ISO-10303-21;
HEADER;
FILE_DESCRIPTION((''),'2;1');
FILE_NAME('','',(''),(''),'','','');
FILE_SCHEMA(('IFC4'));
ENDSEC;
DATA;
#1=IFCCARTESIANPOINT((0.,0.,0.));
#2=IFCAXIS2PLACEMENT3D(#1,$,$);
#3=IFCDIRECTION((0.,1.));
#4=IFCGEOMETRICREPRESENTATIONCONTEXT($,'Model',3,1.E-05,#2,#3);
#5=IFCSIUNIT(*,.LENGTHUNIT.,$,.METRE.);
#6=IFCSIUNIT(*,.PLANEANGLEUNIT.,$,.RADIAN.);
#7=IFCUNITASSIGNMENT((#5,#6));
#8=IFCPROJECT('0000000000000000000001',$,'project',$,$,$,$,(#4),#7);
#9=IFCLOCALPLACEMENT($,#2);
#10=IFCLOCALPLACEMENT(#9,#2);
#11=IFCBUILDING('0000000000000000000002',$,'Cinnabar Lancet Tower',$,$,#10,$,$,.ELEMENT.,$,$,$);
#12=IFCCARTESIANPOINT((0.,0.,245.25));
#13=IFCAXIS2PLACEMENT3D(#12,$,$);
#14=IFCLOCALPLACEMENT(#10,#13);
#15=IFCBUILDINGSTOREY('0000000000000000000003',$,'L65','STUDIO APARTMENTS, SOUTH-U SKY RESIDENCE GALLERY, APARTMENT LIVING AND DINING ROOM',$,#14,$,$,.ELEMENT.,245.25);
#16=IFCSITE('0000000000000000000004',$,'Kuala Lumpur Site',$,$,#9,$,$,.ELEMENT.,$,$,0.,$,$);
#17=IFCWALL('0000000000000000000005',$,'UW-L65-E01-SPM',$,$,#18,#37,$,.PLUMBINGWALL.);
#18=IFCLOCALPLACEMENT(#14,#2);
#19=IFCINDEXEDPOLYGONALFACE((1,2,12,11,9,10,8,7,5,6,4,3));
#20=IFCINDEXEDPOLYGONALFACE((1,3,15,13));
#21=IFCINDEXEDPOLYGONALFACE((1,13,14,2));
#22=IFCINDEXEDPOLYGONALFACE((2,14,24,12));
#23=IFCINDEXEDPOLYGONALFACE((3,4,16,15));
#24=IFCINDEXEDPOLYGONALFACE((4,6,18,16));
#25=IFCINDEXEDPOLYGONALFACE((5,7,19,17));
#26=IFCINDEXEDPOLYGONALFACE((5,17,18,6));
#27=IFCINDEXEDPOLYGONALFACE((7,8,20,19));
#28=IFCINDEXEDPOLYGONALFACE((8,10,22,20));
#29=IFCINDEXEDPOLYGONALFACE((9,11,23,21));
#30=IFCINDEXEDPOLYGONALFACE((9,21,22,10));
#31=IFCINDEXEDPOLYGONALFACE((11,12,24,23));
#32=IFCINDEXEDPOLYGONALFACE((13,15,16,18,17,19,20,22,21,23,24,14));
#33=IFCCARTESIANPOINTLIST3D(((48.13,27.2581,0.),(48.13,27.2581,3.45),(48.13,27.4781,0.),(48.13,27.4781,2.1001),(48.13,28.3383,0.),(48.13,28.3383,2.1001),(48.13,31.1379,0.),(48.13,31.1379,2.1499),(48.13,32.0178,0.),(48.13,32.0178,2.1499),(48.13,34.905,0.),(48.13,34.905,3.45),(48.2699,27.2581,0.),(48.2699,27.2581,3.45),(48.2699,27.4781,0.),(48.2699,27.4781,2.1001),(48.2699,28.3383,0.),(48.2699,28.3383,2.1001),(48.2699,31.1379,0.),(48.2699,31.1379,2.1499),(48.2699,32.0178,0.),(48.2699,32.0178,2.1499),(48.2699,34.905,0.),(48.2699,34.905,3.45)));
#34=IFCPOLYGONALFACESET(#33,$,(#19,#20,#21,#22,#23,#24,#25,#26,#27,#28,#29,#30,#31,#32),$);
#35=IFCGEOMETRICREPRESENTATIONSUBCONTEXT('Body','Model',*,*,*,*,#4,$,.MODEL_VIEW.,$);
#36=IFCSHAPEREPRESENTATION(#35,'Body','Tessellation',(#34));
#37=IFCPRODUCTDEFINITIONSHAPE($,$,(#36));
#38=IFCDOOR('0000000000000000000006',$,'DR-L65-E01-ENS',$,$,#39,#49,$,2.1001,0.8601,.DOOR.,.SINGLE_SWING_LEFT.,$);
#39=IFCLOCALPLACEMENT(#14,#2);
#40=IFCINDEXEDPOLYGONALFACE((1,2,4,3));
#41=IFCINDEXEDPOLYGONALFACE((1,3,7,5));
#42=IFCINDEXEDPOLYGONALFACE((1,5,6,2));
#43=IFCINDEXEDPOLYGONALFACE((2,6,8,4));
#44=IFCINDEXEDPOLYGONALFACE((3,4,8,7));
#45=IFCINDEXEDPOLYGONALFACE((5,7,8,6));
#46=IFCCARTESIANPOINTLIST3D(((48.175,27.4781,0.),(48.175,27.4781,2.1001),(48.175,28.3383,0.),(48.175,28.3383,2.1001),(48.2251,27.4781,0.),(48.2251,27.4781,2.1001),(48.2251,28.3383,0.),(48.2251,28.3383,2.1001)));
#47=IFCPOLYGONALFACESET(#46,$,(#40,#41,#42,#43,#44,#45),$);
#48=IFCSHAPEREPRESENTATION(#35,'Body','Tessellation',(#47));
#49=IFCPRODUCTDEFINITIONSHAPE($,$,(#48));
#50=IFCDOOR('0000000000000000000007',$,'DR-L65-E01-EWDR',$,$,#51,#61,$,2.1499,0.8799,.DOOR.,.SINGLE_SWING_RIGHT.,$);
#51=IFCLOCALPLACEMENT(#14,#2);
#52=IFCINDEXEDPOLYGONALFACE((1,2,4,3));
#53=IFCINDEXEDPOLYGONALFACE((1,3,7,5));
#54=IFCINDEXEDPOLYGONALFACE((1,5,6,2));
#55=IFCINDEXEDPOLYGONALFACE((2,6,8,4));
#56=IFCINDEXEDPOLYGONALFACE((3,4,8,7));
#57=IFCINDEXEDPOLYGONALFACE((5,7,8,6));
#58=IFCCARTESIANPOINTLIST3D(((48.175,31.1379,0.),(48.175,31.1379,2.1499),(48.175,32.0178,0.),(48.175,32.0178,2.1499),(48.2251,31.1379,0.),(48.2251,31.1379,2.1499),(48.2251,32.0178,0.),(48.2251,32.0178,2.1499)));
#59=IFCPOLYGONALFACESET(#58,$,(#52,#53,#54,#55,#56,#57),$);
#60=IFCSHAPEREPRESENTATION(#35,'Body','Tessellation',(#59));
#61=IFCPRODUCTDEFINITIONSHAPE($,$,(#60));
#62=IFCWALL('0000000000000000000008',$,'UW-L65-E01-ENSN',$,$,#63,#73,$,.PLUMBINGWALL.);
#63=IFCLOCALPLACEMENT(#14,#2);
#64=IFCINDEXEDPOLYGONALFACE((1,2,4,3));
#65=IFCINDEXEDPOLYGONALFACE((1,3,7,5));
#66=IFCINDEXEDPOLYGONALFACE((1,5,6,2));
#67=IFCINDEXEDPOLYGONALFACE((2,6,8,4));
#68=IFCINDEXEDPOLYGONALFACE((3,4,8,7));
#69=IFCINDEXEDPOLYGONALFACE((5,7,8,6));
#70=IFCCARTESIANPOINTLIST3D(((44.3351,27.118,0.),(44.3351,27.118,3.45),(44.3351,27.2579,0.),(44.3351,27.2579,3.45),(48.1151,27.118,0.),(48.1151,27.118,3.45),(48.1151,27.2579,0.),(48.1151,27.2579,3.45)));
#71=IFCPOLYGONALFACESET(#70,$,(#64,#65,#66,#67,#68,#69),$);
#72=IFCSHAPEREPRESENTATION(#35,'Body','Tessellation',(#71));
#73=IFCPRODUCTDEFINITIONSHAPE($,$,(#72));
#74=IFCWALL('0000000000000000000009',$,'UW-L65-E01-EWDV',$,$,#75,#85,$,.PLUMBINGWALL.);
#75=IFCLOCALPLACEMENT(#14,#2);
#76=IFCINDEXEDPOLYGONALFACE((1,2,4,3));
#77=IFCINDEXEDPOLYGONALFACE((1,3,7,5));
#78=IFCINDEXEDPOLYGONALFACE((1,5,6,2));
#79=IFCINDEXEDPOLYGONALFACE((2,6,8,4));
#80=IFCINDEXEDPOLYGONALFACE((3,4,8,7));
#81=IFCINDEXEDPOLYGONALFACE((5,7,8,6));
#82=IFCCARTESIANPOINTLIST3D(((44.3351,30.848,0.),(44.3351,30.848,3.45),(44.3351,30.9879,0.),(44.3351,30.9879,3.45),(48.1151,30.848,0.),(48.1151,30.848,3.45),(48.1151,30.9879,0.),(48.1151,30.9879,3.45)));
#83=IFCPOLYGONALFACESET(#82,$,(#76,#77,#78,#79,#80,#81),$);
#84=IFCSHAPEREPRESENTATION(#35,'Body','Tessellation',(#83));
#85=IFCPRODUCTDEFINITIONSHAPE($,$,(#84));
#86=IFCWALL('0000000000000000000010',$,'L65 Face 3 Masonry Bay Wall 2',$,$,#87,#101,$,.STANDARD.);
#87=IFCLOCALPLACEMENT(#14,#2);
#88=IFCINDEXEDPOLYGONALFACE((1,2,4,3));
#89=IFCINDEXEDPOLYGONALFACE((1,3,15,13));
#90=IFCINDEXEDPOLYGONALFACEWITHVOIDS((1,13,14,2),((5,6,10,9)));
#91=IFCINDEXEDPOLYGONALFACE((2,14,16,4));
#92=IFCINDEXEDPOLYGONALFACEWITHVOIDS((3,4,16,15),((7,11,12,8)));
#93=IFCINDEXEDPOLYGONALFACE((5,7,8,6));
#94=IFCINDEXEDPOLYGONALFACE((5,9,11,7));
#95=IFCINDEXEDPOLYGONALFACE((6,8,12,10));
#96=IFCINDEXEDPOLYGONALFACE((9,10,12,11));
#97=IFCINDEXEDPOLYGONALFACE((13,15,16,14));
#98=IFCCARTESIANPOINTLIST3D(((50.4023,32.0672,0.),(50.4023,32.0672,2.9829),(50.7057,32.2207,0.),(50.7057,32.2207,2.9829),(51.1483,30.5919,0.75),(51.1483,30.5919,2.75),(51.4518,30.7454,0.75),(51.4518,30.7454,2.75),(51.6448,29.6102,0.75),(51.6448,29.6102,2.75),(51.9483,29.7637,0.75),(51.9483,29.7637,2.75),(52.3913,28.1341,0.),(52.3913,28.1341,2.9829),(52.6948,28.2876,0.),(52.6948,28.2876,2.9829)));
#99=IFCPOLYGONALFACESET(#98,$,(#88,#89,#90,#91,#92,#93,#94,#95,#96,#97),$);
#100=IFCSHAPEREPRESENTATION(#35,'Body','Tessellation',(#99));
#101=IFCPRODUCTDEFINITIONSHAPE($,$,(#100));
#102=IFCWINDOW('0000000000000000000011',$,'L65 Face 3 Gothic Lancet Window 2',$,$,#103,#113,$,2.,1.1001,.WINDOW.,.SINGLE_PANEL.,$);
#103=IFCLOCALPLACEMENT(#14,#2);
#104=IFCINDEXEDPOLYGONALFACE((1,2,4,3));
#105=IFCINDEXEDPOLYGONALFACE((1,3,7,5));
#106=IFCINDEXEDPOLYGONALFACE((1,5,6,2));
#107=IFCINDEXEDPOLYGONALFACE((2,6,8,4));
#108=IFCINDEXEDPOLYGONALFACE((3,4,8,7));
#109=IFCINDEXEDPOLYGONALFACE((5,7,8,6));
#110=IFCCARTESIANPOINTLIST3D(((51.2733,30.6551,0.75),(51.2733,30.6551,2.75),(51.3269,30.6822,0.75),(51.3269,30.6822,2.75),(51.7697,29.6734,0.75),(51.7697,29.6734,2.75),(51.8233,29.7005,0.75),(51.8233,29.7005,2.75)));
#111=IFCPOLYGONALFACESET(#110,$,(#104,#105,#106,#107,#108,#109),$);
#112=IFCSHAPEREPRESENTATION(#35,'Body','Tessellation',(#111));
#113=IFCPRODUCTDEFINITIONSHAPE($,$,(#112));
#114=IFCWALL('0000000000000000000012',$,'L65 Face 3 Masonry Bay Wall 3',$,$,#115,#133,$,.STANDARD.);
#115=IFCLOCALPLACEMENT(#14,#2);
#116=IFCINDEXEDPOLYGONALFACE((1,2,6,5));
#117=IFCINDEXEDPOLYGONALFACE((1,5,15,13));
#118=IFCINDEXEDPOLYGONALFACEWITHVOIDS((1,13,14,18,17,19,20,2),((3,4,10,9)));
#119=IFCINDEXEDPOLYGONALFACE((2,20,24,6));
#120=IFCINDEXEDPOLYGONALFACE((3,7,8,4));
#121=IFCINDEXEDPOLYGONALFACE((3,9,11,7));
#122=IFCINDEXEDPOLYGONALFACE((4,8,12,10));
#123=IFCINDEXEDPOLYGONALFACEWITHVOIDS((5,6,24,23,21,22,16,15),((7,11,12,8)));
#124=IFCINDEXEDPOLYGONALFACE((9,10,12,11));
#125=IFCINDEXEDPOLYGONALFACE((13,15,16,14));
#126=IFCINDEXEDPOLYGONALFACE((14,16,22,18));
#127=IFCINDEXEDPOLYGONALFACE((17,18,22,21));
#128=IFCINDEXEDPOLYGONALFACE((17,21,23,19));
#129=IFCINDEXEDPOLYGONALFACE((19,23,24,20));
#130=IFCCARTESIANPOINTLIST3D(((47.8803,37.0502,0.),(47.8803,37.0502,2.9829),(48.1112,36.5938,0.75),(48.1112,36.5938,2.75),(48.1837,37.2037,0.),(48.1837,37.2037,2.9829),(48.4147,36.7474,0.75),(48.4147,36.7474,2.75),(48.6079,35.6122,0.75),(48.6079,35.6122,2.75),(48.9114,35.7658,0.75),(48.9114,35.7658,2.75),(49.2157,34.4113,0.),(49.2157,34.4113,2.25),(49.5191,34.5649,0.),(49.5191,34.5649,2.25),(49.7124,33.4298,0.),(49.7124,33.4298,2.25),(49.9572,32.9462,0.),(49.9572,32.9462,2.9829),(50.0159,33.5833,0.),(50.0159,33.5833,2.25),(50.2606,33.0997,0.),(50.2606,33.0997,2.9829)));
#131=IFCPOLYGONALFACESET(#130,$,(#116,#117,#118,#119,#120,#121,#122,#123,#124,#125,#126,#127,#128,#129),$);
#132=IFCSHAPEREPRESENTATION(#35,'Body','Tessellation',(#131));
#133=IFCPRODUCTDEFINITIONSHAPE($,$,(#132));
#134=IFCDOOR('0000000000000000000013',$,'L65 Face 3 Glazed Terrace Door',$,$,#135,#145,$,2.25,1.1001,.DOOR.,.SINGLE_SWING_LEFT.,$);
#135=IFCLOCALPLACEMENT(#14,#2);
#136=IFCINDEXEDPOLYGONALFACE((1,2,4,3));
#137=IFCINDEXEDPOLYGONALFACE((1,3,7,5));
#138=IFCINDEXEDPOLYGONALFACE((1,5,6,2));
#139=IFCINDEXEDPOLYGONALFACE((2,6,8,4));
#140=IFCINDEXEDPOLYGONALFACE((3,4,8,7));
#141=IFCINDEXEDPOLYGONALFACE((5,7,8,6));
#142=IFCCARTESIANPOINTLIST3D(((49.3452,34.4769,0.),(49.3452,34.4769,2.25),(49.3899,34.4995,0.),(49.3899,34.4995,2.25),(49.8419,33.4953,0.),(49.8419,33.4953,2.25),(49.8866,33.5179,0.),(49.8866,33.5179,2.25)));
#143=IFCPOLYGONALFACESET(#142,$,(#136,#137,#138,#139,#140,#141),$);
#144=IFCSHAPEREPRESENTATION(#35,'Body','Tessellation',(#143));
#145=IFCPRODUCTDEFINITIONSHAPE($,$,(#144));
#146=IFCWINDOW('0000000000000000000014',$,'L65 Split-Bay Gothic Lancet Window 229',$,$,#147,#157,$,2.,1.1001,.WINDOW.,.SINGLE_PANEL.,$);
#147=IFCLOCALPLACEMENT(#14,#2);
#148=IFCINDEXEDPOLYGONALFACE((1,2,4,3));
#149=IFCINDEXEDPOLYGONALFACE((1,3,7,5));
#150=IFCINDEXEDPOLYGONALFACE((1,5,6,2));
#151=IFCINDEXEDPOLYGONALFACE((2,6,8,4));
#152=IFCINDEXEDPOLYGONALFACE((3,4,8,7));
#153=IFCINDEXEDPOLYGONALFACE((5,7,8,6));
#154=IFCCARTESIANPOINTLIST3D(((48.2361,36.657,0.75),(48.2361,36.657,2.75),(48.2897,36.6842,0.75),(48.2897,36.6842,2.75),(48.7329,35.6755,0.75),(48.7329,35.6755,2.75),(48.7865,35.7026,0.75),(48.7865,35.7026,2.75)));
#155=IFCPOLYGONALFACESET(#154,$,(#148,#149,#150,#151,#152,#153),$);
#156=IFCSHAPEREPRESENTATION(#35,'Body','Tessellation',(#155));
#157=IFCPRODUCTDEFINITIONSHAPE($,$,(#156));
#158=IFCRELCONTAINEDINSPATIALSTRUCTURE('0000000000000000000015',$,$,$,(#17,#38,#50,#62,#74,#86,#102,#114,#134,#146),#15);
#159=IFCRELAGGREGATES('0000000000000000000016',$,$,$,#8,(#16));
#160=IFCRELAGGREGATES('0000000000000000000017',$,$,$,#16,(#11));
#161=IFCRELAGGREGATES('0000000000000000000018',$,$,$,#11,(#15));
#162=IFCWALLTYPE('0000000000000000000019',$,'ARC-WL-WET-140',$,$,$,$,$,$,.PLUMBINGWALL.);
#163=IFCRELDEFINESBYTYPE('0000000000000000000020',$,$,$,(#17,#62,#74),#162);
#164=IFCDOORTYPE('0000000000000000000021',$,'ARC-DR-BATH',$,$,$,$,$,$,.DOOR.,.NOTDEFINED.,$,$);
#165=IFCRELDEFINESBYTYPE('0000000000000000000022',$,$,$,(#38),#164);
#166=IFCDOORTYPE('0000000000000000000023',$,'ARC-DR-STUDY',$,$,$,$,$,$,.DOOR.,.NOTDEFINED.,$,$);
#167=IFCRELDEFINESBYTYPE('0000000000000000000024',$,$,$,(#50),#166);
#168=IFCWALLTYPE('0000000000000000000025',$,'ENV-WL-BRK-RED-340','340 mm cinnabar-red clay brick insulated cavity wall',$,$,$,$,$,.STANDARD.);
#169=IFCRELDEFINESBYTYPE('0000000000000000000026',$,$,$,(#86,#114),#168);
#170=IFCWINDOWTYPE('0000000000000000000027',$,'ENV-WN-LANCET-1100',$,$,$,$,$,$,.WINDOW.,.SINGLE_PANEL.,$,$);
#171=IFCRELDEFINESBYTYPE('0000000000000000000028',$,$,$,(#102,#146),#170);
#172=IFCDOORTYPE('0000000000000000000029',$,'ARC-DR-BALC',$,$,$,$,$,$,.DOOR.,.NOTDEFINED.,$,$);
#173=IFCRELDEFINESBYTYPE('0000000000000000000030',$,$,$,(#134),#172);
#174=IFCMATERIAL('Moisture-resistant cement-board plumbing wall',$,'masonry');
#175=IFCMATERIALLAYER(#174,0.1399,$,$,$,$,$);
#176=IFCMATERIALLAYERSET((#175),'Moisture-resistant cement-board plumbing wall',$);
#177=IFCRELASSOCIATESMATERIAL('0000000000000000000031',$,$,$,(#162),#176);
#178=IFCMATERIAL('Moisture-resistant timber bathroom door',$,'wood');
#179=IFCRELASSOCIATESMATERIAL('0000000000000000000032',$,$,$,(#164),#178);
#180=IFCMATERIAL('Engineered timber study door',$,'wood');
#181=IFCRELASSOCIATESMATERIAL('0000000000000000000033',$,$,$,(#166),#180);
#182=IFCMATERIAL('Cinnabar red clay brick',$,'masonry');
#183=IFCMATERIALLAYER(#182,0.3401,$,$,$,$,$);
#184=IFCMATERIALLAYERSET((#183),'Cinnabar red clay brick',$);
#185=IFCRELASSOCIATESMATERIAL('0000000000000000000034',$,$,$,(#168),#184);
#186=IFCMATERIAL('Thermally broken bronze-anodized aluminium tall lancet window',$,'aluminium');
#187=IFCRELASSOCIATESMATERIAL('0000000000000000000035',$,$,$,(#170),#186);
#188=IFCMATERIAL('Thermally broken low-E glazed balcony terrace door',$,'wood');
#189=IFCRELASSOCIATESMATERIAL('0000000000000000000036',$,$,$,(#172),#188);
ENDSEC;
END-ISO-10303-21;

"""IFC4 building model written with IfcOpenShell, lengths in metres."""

from ifc_helpers import new_model, si_unit, direction, frame, frame_2d, origin, place, context, subcontext, project, spatial, rectangle, extrude, material, layer, layer_set, type_object, element, fill, save


model = new_model("IFC4")

# Units and contexts
model_context = context("Model", 3, precision=1e-05, world=origin(), true_north=direction((0.0, 1.0)))
body_context = subcontext(model_context, "Body", "Model", "MODEL_VIEW")
ifc_project = project(units=[si_unit("LENGTHUNIT", "METRE"), si_unit("PLANEANGLEUNIT", "RADIAN")], contexts=[model_context])

# Site, building, storey
site_placement = place(None, origin())
site = spatial("IfcSite", under=ifc_project, at=site_placement, Name="Kuala Lumpur Site", CompositionType="ELEMENT", RefElevation=0.0)
building_placement = place(site_placement, origin())
building = spatial("IfcBuilding", under=site, at=building_placement, Name="Cinnabar Lancet Tower", CompositionType="ELEMENT")
storey_placement = place(building_placement, frame((0.0, 0.0, 245.25)))
storey = spatial("IfcBuildingStorey", under=building, at=storey_placement, Name="L65", Description="STUDIO APARTMENTS, SOUTH-U SKY RESIDENCE GALLERY, APARTMENT LIVING AND DINING ROOM", CompositionType="ELEMENT", Elevation=245.25)

# Wall, openings, doors
ifc_material_1 = material(Name="Moisture-resistant cement-board plumbing wall", Category="masonry")
ifc_layer_1 = layer(ifc_material_1, 0.1399)
ifc_layer_set_1 = layer_set([ifc_layer_1], Name="Moisture-resistant cement-board plumbing wall")
wall_type_1 = type_object("IfcWallType", Name="ARC-WL-WET-140", PredefinedType="PLUMBINGWALL", material=ifc_layer_set_1)
wall_1_placement = place(storey_placement, frame((48.2, 27.2581, 0.0), z_axis=(0.0, 0.0, 1.0), x_axis=(0.0, 1.0, 0.0)))
wall_1 = element("IfcWall", 1, at=wall_1_placement, inside=storey, type_object=wall_type_1, Name="UW-L65-E01-SPM", PredefinedType="PLUMBINGWALL", context=body_context, shape_type="SweptSolid", body=[
    extrude(rectangle(XDim=7.647, YDim=0.1399, at=frame_2d((3.8235, 0.0))), origin(), (0.0, 0.0, 1.0), 3.45),
])
opening_1_placement = place(wall_1_placement, frame((0.22, 0.0, 0.0)))
opening_1 = element("IfcOpeningElement", 2, at=opening_1_placement, cuts=wall_1, PredefinedType="OPENING", context=body_context, shape_type="SweptSolid", body=[
    extrude(rectangle(XDim=0.8601, YDim=2.1001, at=frame_2d((0.4302, 1.05))), frame((0.0, 0.0798, 0.0), z_axis=(0.0, -1.0, 0.0), x_axis=(1.0, 0.0, 0.0)), (0.0, 0.0, 1.0), 0.1599),
])
opening_2_placement = place(wall_1_placement, frame((3.8799, 0.0, 0.0)))
opening_2 = element("IfcOpeningElement", 3, at=opening_2_placement, cuts=wall_1, PredefinedType="OPENING", context=body_context, shape_type="SweptSolid", body=[
    extrude(rectangle(XDim=0.8799, YDim=2.1499, at=frame_2d((0.4399, 1.075))), frame((0.0, 0.0798, 0.0), z_axis=(0.0, -1.0, 0.0), x_axis=(1.0, 0.0, 0.0)), (0.0, 0.0, 1.0), 0.1599),
])
ifc_material_2 = material(Name="Moisture-resistant timber bathroom door", Category="wood")
door_type_1 = type_object("IfcDoorType", Name="ARC-DR-BATH", OperationType="NOTDEFINED", PredefinedType="DOOR", material=ifc_material_2)
door_1_placement = place(opening_1_placement, origin())
door_1 = element("IfcDoor", 4, at=door_1_placement, inside=storey, type_object=door_type_1, Name="DR-L65-E01-ENS", OperationType="SINGLE_SWING_LEFT", OverallHeight=2.1001, OverallWidth=0.8601, PredefinedType="DOOR", context=body_context, shape_type="SweptSolid", body=[
    extrude(rectangle(XDim=0.8601, YDim=2.1001, at=frame_2d((0.4302, 1.05))), frame((0.0, 0.0249, 0.0), z_axis=(0.0, -1.0, 0.0), x_axis=(1.0, 0.0, 0.0)), (0.0, 0.0, 1.0), 0.05),
])
fill(opening_1, door_1)
ifc_material_3 = material(Name="Engineered timber study door", Category="wood")
door_type_2 = type_object("IfcDoorType", Name="ARC-DR-STUDY", OperationType="NOTDEFINED", PredefinedType="DOOR", material=ifc_material_3)
door_2_placement = place(opening_2_placement, origin())
door_2 = element("IfcDoor", 5, at=door_2_placement, inside=storey, type_object=door_type_2, Name="DR-L65-E01-EWDR", OperationType="SINGLE_SWING_RIGHT", OverallHeight=2.1499, OverallWidth=0.8799, PredefinedType="DOOR", context=body_context, shape_type="SweptSolid", body=[
    extrude(rectangle(XDim=0.8799, YDim=2.1499, at=frame_2d((0.4399, 1.075))), frame((0.0, 0.0249, 0.0), z_axis=(0.0, -1.0, 0.0), x_axis=(1.0, 0.0, 0.0)), (0.0, 0.0, 1.0), 0.05),
])
fill(opening_2, door_2)

# Walls
for number, where, z_axis, x_axis, name in (
    (6, (44.335, 27.188, 0.0), (0.0, 0.0, 1.0), (1.0, 0.0, 0.0), "UW-L65-E01-ENSN"),
    (7, (44.335, 30.918, 0.0), (0.0, 0.0, 1.0), (1.0, 0.0, 0.0), "UW-L65-E01-EWDV"),
):
    element("IfcWall", number, at=place(storey_placement, frame(where, z_axis=z_axis, x_axis=x_axis)), inside=storey, type_object=wall_type_1, Name=name, PredefinedType="PLUMBINGWALL", context=body_context, shape_type="SweptSolid", body=[
        extrude(rectangle(XDim=3.78, YDim=0.1399, at=frame_2d((1.8901, 0.0))), origin(), (0.0, 0.0, 1.0), 3.45),
    ])

# Wall, opening, window
ifc_material_4 = material(Name="Cinnabar red clay brick", Category="masonry")
ifc_layer_2 = layer(ifc_material_4, 0.3401)
ifc_layer_set_2 = layer_set([ifc_layer_2], Name="Cinnabar red clay brick")
wall_type_2 = type_object("IfcWallType", Name="ENV-WL-BRK-RED-340", Description="340 mm cinnabar-red clay brick insulated cavity wall", PredefinedType="STANDARD", material=ifc_layer_set_2)
wall_2_placement = place(storey_placement, frame((52.543, 28.2109, 0.0), z_axis=(0.0, 0.0, 1.0), x_axis=(-0.451286, 0.892379, 0.0)))
wall_2 = element("IfcWall", 8, at=wall_2_placement, inside=storey, type_object=wall_type_2, Name="L65 Face 3 Masonry Bay Wall 2", PredefinedType="STANDARD", context=body_context, shape_type="SweptSolid", body=[
    extrude(rectangle(XDim=4.4075, YDim=0.3401, at=frame_2d((2.2036, 0.0))), origin(), (0.0, 0.0, 1.0), 2.9829),
])
opening_3_placement = place(wall_2_placement, frame((1.6541, 0.0, 0.75)))
opening_3 = element("IfcOpeningElement", 9, at=opening_3_placement, cuts=wall_2, PredefinedType="OPENING", context=body_context, shape_type="SweptSolid", body=[
    extrude(rectangle(XDim=1.1001, YDim=2.0, at=frame_2d((0.55, 1.0))), frame((0.0, 0.1799, 0.0), z_axis=(0.0, -1.0, 0.0), x_axis=(1.0, 0.0, 0.0)), (0.0, 0.0, 1.0), 0.3601),
])
ifc_material_5 = material(Name="Thermally broken bronze-anodized aluminium tall lancet window", Category="aluminium")
window_type = type_object("IfcWindowType", Name="ENV-WN-LANCET-1100", PartitioningType="SINGLE_PANEL", PredefinedType="WINDOW", material=ifc_material_5)
window_1_placement = place(opening_3_placement, origin())
window_1 = element("IfcWindow", 10, at=window_1_placement, inside=storey, type_object=window_type, Name="L65 Face 3 Gothic Lancet Window 2", OverallHeight=2.0, OverallWidth=1.1001, PartitioningType="SINGLE_PANEL", PredefinedType="WINDOW", context=body_context, shape_type="SweptSolid", body=[
    extrude(rectangle(XDim=1.1001, YDim=2.0, at=frame_2d((0.55, 1.0))), frame((0.0, 0.03, 0.0), z_axis=(0.0, -1.0, 0.0), x_axis=(1.0, 0.0, 0.0)), (0.0, 0.0, 1.0), 0.0601),
])
fill(opening_3, window_1)

# Wall, openings, door, window
wall_3_placement = place(storey_placement, frame((50.1089, 33.0229, 0.0), z_axis=(0.0, 0.0, 1.0), x_axis=(-0.45154, 0.892251, 0.0)))
wall_3 = element("IfcWall", 11, at=wall_3_placement, inside=storey, type_object=wall_type_2, Name="L65 Face 3 Masonry Bay Wall 3", PredefinedType="STANDARD", context=body_context, shape_type="SweptSolid", body=[
    extrude(rectangle(XDim=4.5996, YDim=0.3401, at=frame_2d((2.2998, 0.0))), origin(), (0.0, 0.0, 1.0), 2.9829),
])
opening_4_placement = place(wall_3_placement, frame((0.542, 0.0, 0.0)))
opening_4 = element("IfcOpeningElement", 12, at=opening_4_placement, cuts=wall_3, PredefinedType="OPENING", context=body_context, shape_type="SweptSolid", body=[
    extrude(rectangle(XDim=1.1001, YDim=2.25, at=frame_2d((0.55, 1.125))), frame((0.0, 0.1799, 0.0), z_axis=(0.0, -1.0, 0.0), x_axis=(1.0, 0.0, 0.0)), (0.0, 0.0, 1.0), 0.3601),
])
opening_5_placement = place(wall_3_placement, frame((2.988, 0.0, 0.75)))
opening_5 = element("IfcOpeningElement", 13, at=opening_5_placement, cuts=wall_3, PredefinedType="OPENING", context=body_context, shape_type="SweptSolid", body=[
    extrude(rectangle(XDim=1.1001, YDim=2.0, at=frame_2d((0.55, 1.0))), frame((0.0, 0.1799, 0.0), z_axis=(0.0, -1.0, 0.0), x_axis=(1.0, 0.0, 0.0)), (0.0, 0.0, 1.0), 0.3601),
])
ifc_material_6 = material(Name="Thermally broken low-E glazed balcony terrace door", Category="wood")
door_type_3 = type_object("IfcDoorType", Name="ARC-DR-BALC", OperationType="NOTDEFINED", PredefinedType="DOOR", material=ifc_material_6)
door_3_placement = place(opening_4_placement, origin())
door_3 = element("IfcDoor", 14, at=door_3_placement, inside=storey, type_object=door_type_3, Name="L65 Face 3 Glazed Terrace Door", OperationType="SINGLE_SWING_LEFT", OverallHeight=2.25, OverallWidth=1.1001, PredefinedType="DOOR", context=body_context, shape_type="SweptSolid", body=[
    extrude(rectangle(XDim=1.1001, YDim=2.25, at=frame_2d((0.55, 1.125))), frame((0.0, 0.0249, 0.0), z_axis=(0.0, -1.0, 0.0), x_axis=(1.0, 0.0, 0.0)), (0.0, 0.0, 1.0), 0.05),
])
fill(opening_4, door_3)
window_2_placement = place(opening_5_placement, origin())
window_2 = element("IfcWindow", 15, at=window_2_placement, inside=storey, type_object=window_type, Name="L65 Split-Bay Gothic Lancet Window 229", OverallHeight=2.0, OverallWidth=1.1001, PartitioningType="SINGLE_PANEL", PredefinedType="WINDOW", context=body_context, shape_type="SweptSolid", body=[
    extrude(rectangle(XDim=1.1001, YDim=2.0, at=frame_2d((0.55, 1.0))), frame((0.0, 0.03, 0.0), z_axis=(0.0, -1.0, 0.0), x_axis=(1.0, 0.0, 0.0)), (0.0, 0.0, 1.0), 0.0601),
])
fill(opening_5, window_2)

save(model, "model.ifc")
